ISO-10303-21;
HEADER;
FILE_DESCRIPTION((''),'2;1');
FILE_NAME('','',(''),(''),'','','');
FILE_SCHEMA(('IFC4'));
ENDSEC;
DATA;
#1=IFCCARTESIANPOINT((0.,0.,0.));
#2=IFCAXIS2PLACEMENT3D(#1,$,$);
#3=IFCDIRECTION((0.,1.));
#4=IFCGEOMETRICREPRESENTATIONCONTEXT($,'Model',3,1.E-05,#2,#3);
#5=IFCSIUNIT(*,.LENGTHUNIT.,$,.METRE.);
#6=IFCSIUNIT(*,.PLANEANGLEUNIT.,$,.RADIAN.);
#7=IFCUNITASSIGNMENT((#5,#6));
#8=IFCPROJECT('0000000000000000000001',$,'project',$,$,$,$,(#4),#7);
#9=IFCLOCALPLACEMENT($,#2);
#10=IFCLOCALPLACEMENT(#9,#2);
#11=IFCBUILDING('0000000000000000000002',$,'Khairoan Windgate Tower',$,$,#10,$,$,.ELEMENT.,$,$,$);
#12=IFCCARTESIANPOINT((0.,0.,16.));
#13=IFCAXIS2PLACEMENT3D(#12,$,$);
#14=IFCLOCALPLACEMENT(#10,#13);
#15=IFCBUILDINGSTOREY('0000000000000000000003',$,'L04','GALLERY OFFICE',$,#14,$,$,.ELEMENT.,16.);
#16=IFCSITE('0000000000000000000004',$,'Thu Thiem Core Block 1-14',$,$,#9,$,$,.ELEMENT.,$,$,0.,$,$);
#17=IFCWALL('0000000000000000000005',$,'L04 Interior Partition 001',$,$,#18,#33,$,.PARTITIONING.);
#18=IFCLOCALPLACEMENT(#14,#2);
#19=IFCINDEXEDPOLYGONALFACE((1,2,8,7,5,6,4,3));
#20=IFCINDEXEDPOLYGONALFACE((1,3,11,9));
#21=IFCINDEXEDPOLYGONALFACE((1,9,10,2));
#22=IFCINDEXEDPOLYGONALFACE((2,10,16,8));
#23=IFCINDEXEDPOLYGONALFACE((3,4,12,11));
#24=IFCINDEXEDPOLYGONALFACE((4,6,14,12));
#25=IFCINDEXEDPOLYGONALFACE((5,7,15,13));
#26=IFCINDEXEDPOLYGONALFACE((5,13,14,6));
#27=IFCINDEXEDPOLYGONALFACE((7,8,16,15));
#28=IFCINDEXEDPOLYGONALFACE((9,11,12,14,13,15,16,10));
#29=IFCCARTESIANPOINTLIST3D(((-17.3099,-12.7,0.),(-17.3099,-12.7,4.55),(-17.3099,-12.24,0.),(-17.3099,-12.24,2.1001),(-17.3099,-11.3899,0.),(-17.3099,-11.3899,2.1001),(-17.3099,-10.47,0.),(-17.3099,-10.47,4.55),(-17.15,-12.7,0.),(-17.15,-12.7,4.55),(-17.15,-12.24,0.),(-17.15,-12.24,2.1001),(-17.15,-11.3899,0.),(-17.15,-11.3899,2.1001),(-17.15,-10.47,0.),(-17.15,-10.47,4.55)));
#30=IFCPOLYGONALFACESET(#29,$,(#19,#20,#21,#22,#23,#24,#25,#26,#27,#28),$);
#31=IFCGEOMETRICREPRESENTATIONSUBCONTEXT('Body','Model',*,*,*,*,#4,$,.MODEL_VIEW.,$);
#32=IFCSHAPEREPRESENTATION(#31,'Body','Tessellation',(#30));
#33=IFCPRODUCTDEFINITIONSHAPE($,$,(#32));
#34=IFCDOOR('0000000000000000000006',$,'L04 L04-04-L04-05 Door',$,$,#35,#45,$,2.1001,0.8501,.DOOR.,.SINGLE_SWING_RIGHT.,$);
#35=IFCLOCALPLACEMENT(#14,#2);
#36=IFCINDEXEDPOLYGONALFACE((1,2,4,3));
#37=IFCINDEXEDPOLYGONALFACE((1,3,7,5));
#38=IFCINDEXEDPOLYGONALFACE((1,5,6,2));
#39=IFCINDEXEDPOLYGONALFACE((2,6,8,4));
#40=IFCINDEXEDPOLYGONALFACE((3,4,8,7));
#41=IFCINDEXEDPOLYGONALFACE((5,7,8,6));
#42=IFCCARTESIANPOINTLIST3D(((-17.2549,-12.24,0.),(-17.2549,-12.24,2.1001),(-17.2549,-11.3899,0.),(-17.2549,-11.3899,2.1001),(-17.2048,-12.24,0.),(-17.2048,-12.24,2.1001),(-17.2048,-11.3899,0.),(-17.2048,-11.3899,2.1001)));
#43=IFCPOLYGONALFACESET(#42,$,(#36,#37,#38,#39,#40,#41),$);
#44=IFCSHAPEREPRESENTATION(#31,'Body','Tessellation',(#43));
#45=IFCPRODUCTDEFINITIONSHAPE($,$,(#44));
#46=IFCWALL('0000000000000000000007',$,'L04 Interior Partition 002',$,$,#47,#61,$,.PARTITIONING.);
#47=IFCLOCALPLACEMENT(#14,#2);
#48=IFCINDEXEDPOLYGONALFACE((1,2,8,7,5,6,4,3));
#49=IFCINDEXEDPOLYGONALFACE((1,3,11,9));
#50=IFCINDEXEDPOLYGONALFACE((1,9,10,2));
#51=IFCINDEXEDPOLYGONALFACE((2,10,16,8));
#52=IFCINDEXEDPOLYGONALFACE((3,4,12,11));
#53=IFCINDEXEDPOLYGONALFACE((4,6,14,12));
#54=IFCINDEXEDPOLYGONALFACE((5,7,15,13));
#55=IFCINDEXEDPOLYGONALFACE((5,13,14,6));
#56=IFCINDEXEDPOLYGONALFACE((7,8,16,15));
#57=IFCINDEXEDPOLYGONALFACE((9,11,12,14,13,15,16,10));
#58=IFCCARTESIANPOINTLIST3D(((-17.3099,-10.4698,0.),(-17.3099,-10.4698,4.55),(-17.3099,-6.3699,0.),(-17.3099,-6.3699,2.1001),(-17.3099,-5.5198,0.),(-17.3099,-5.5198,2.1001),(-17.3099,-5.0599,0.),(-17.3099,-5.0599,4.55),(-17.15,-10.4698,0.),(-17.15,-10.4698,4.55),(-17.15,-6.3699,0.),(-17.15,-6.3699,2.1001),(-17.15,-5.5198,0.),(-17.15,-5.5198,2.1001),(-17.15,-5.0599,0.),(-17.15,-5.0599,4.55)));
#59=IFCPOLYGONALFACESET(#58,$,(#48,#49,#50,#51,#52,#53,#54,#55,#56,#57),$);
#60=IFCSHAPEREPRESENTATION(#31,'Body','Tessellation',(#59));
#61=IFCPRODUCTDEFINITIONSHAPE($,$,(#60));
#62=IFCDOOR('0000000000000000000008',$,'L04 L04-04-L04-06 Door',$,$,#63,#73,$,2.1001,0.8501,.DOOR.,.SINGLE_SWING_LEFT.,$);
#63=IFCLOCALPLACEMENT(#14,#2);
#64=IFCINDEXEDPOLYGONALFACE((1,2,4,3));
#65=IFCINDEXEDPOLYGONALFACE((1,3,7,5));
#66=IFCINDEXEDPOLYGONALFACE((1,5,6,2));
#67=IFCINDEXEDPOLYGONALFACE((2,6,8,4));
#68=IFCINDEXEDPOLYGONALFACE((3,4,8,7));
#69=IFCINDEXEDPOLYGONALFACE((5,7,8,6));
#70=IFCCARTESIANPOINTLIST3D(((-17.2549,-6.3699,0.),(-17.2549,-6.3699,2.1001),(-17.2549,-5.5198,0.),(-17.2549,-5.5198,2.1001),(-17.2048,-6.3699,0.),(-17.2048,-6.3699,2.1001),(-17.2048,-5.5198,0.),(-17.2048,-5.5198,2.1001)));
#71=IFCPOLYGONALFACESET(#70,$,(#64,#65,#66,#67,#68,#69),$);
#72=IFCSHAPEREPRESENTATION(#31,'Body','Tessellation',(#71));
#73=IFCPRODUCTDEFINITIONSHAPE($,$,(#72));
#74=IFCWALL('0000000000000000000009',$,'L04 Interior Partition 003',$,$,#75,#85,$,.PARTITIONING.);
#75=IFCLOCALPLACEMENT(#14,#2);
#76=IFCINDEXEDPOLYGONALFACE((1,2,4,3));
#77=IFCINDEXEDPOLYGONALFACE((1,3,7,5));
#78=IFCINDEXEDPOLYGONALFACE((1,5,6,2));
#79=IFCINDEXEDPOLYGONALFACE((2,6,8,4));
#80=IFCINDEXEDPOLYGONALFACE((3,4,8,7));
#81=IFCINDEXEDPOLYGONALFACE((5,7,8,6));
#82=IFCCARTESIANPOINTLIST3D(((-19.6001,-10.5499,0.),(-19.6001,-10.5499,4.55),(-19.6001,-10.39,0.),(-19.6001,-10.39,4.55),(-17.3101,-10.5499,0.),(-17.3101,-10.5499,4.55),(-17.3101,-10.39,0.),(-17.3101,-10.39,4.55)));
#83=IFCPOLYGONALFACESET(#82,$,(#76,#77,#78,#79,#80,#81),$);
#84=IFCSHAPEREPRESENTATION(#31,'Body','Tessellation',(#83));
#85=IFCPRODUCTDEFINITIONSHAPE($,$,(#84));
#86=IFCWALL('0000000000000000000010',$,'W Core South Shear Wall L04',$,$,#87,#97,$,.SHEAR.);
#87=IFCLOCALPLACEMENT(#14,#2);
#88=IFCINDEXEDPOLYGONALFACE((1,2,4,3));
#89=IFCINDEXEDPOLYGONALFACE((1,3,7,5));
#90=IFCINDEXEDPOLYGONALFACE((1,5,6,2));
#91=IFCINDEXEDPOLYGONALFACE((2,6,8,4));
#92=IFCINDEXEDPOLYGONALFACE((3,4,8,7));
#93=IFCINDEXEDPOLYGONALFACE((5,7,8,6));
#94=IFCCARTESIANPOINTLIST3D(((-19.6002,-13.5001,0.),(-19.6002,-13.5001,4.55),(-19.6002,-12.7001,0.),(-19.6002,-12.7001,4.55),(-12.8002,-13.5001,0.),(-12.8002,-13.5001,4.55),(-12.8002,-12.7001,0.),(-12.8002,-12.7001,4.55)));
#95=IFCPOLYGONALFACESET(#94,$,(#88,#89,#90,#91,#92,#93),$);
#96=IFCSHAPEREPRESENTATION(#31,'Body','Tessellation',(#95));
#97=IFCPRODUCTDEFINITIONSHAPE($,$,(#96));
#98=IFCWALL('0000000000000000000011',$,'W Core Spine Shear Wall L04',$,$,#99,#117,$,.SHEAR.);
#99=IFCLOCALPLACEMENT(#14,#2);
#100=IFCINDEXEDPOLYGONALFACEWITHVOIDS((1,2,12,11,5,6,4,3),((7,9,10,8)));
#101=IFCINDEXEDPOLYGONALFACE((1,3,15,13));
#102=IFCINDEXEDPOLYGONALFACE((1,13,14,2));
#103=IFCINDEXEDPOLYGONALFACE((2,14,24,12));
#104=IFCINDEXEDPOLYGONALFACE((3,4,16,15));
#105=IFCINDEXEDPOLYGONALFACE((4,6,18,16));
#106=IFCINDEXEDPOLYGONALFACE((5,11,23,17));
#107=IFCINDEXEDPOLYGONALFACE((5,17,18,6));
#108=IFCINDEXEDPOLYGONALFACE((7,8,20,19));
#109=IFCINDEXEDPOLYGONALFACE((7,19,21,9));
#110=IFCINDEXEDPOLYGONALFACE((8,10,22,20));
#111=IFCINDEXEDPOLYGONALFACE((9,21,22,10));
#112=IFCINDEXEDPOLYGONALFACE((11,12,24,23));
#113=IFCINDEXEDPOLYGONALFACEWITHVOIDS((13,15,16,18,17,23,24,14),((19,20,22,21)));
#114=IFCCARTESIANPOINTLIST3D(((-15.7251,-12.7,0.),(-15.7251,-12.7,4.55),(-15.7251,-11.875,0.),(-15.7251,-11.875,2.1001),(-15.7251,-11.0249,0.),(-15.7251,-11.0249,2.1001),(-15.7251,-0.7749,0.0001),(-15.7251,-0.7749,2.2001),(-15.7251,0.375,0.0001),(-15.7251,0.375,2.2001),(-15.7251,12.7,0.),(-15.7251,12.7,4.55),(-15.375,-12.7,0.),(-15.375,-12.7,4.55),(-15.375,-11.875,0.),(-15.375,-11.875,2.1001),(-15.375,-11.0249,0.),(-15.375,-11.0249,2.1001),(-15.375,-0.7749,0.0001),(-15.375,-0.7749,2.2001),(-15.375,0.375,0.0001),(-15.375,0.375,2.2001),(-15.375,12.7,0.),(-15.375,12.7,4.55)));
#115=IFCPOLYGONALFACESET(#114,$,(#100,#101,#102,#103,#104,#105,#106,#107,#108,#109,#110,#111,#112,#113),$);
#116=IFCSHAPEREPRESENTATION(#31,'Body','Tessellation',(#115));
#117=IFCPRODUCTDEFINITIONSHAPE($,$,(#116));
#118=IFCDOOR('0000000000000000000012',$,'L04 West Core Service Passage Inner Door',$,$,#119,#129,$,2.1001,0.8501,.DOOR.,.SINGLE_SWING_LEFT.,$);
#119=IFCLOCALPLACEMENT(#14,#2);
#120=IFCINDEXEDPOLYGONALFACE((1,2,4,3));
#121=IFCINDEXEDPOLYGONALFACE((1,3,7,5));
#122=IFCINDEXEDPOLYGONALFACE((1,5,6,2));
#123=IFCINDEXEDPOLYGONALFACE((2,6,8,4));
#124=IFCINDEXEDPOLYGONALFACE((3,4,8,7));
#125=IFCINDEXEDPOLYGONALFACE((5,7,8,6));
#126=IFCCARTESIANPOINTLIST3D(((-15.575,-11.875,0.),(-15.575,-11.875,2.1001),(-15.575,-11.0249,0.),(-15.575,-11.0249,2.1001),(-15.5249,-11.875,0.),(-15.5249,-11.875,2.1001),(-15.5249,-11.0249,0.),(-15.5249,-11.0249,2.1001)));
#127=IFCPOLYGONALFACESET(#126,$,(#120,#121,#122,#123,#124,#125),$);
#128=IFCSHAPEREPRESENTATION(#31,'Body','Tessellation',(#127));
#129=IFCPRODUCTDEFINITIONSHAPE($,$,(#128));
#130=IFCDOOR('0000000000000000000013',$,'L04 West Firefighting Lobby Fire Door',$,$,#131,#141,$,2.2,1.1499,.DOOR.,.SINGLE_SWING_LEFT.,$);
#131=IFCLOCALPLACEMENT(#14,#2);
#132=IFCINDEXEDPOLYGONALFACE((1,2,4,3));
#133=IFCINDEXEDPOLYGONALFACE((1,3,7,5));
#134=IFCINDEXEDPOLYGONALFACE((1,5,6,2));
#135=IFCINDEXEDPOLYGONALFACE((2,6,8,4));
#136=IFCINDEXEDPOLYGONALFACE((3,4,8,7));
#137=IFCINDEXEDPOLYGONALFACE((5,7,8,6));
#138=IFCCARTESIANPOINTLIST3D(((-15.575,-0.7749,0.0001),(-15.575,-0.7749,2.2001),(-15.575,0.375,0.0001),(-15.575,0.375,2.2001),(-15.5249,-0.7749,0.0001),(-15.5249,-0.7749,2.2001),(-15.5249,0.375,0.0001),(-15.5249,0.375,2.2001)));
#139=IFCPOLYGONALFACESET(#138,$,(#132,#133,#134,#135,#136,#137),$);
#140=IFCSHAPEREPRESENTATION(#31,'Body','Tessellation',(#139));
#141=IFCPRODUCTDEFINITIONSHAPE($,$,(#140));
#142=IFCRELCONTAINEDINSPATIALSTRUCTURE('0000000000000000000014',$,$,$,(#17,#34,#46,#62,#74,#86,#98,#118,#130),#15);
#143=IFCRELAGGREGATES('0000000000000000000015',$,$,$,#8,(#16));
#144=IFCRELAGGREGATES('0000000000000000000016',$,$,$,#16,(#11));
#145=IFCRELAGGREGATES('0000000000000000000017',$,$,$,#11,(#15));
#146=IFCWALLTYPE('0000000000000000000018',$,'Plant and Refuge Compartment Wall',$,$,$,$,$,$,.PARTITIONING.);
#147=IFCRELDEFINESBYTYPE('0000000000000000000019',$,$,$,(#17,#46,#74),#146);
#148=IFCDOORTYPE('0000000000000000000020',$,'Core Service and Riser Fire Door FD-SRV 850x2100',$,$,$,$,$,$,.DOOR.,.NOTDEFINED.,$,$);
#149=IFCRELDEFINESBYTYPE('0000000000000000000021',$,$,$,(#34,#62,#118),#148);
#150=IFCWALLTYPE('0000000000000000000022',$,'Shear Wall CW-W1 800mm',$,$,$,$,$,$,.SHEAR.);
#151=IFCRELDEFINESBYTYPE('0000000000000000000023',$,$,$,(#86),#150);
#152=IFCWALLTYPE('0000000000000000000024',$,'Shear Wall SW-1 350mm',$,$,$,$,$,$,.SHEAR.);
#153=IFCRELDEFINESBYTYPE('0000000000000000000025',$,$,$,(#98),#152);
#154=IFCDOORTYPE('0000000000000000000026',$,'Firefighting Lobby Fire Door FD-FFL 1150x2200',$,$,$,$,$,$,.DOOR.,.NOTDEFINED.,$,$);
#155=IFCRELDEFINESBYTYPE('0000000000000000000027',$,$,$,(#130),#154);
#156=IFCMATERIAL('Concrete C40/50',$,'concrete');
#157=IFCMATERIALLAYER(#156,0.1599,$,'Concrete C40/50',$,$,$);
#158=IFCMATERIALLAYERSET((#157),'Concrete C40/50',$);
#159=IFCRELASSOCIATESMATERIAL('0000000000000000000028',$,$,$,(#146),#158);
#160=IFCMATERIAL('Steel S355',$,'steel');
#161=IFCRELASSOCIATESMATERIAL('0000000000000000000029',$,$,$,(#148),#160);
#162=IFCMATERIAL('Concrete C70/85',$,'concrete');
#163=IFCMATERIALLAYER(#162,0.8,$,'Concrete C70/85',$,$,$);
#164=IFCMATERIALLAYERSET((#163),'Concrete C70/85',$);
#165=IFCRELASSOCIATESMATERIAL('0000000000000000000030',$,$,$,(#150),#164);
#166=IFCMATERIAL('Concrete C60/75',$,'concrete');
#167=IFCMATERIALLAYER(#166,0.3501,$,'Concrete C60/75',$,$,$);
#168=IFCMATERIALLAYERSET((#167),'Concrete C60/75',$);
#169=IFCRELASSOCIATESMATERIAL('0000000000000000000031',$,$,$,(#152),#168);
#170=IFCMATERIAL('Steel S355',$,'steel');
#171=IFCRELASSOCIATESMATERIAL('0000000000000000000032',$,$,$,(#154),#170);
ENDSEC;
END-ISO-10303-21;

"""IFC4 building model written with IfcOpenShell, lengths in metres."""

from ifc_helpers import new_model, si_unit, direction, frame, frame_2d, origin, place, context, subcontext, project, spatial, rectangle, extrude, material, layer, layer_set, type_object, element, fill, save


model = new_model("IFC4")

# Units and contexts
model_context = context("Model", 3, precision=1e-05, world=origin(), true_north=direction((0.0, 1.0)))
body_context = subcontext(model_context, "Body", "Model", "MODEL_VIEW")
ifc_project = project(units=[si_unit("LENGTHUNIT", "METRE"), si_unit("PLANEANGLEUNIT", "RADIAN")], contexts=[model_context])

# Site, building, storey
site_placement = place(None, origin())
site = spatial("IfcSite", under=ifc_project, at=site_placement, Name="Thu Thiem Core Block 1-14", CompositionType="ELEMENT", RefElevation=0.0)
building_placement = place(site_placement, origin())
building = spatial("IfcBuilding", under=site, at=building_placement, Name="Khairoan Windgate Tower", CompositionType="ELEMENT")
storey_placement = place(building_placement, frame((0.0, 0.0, 16.0)))
storey = spatial("IfcBuildingStorey", under=building, at=storey_placement, Name="L04", Description="GALLERY OFFICE", CompositionType="ELEMENT", Elevation=16.0)

# Walls, openings, doors
ifc_material_1 = material(Name="Concrete C40/50", Category="concrete")
ifc_layer_1 = layer(ifc_material_1, 0.1599, Name="Concrete C40/50")
ifc_layer_set_1 = layer_set([ifc_layer_1], Name="Concrete C40/50")
wall_type_1 = type_object("IfcWallType", Name="Plant and Refuge Compartment Wall", PredefinedType="PARTITIONING", material=ifc_layer_set_1)
wall_1_placement = place(storey_placement, frame((-17.23, -12.7, 0.0), z_axis=(0.0, 0.0, 1.0), x_axis=(0.0, 1.0, 0.0)))
wall_1 = element("IfcWall", 1, at=wall_1_placement, inside=storey, type_object=wall_type_1, Name="L04 Interior Partition 001", PredefinedType="PARTITIONING", context=body_context, shape_type="SweptSolid", body=[
    extrude(rectangle(XDim=2.23, YDim=0.1599, at=frame_2d((1.115, 0.0))), origin(), (0.0, 0.0, 1.0), 4.55),
])
opening_1_placement = place(wall_1_placement, frame((0.46, 0.0, 0.0)))
opening_1 = element("IfcOpeningElement", 2, at=opening_1_placement, cuts=wall_1, PredefinedType="OPENING", context=body_context, shape_type="SweptSolid", body=[
    extrude(rectangle(XDim=0.8501, YDim=2.1001, at=frame_2d((0.425, 1.05))), frame((0.0, 0.0898, 0.0), z_axis=(0.0, -1.0, 0.0), x_axis=(1.0, 0.0, 0.0)), (0.0, 0.0, 1.0), 0.1799),
])
ifc_material_2 = material(Name="Steel S355", Category="steel")
door_type_1 = type_object("IfcDoorType", Name="Core Service and Riser Fire Door FD-SRV 850x2100", OperationType="NOTDEFINED", PredefinedType="DOOR", material=ifc_material_2)
door_1_placement = place(opening_1_placement, origin())
door_1 = element("IfcDoor", 3, at=door_1_placement, inside=storey, type_object=door_type_1, Name="L04 L04-04-L04-05 Door", OperationType="SINGLE_SWING_RIGHT", OverallHeight=2.1001, OverallWidth=0.8501, PredefinedType="DOOR", context=body_context, shape_type="SweptSolid", body=[
    extrude(rectangle(XDim=0.8501, YDim=2.1001, at=frame_2d((0.425, 1.05))), frame((0.0, 0.0249, 0.0), z_axis=(0.0, -1.0, 0.0), x_axis=(1.0, 0.0, 0.0)), (0.0, 0.0, 1.0), 0.05),
])
fill(opening_1, door_1)
wall_2_placement = place(storey_placement, frame((-17.23, -10.47, 0.0), z_axis=(0.0, 0.0, 1.0), x_axis=(0.0, 1.0, 0.0)))
wall_2 = element("IfcWall", 4, at=wall_2_placement, inside=storey, type_object=wall_type_1, Name="L04 Interior Partition 002", PredefinedType="PARTITIONING", context=body_context, shape_type="SweptSolid", body=[
    extrude(rectangle(XDim=5.4099, YDim=0.1599, at=frame_2d((2.7051, 0.0))), origin(), (0.0, 0.0, 1.0), 4.55),
])
opening_2_placement = place(wall_2_placement, frame((4.1001, 0.0, 0.0)))
opening_2 = element("IfcOpeningElement", 5, at=opening_2_placement, cuts=wall_2, PredefinedType="OPENING", context=body_context, shape_type="SweptSolid", body=[
    extrude(rectangle(XDim=0.8501, YDim=2.1001, at=frame_2d((0.425, 1.05))), frame((0.0, 0.0898, 0.0), z_axis=(0.0, -1.0, 0.0), x_axis=(1.0, 0.0, 0.0)), (0.0, 0.0, 1.0), 0.1799),
])
door_2_placement = place(opening_2_placement, origin())
door_2 = element("IfcDoor", 6, at=door_2_placement, inside=storey, type_object=door_type_1, Name="L04 L04-04-L04-06 Door", OperationType="SINGLE_SWING_LEFT", OverallHeight=2.1001, OverallWidth=0.8501, PredefinedType="DOOR", context=body_context, shape_type="SweptSolid", body=[
    extrude(rectangle(XDim=0.8501, YDim=2.1001, at=frame_2d((0.425, 1.05))), frame((0.0, 0.0249, 0.0), z_axis=(0.0, -1.0, 0.0), x_axis=(1.0, 0.0, 0.0)), (0.0, 0.0, 1.0), 0.05),
])
fill(opening_2, door_2)

# Walls
wall_3_placement = place(storey_placement, frame((-19.6001, -10.47, 0.0), z_axis=(0.0, 0.0, 1.0), x_axis=(1.0, 0.0, 0.0)))
element("IfcWall", 7, at=wall_3_placement, inside=storey, type_object=wall_type_1, Name="L04 Interior Partition 003", PredefinedType="PARTITIONING", context=body_context, shape_type="SweptSolid", body=[
    extrude(rectangle(XDim=2.29, YDim=0.1599, at=frame_2d((1.145, 0.0))), origin(), (0.0, 0.0, 1.0), 4.55),
])
ifc_material_3 = material(Name="Concrete C70/85", Category="concrete")
ifc_layer_2 = layer(ifc_material_3, 0.8, Name="Concrete C70/85")
ifc_layer_set_2 = layer_set([ifc_layer_2], Name="Concrete C70/85")
wall_type_2 = type_object("IfcWallType", Name="Shear Wall CW-W1 800mm", PredefinedType="SHEAR", material=ifc_layer_set_2)
wall_4_placement = place(storey_placement, frame((-19.6001, -13.1001, 0.0), z_axis=(0.0, 0.0, 1.0), x_axis=(1.0, 0.0, 0.0)))
element("IfcWall", 8, at=wall_4_placement, inside=storey, type_object=wall_type_2, Name="W Core South Shear Wall L04", PredefinedType="SHEAR", context=body_context, shape_type="SweptSolid", body=[
    extrude(rectangle(XDim=6.8, YDim=0.8, at=frame_2d((3.3999, 0.0))), origin(), (0.0, 0.0, 1.0), 4.55),
])

# Wall, openings, doors
ifc_material_4 = material(Name="Concrete C60/75", Category="concrete")
ifc_layer_3 = layer(ifc_material_4, 0.3501, Name="Concrete C60/75")
ifc_layer_set_3 = layer_set([ifc_layer_3], Name="Concrete C60/75")
wall_type_3 = type_object("IfcWallType", Name="Shear Wall SW-1 350mm", PredefinedType="SHEAR", material=ifc_layer_set_3)
wall_5_placement = place(storey_placement, frame((-15.55, -12.7, 0.0), z_axis=(0.0, 0.0, 1.0), x_axis=(0.0, 1.0, 0.0)))
wall_5 = element("IfcWall", 9, at=wall_5_placement, inside=storey, type_object=wall_type_3, Name="W Core Spine Shear Wall L04", PredefinedType="SHEAR", context=body_context, shape_type="SweptSolid", body=[
    extrude(rectangle(XDim=25.3999, YDim=0.3501, at=frame_2d((12.7, 0.0))), origin(), (0.0, 0.0, 1.0), 4.55),
])
opening_3_placement = place(wall_5_placement, frame((11.925, 0.0, 0.0)))
opening_3 = element("IfcOpeningElement", 10, at=opening_3_placement, cuts=wall_5, PredefinedType="OPENING", context=body_context, shape_type="SweptSolid", body=[
    extrude(rectangle(XDim=1.1499, YDim=2.2, at=frame_2d((0.575, 1.1001))), frame((0.0, 0.1851, 0.0), z_axis=(0.0, -1.0, 0.0), x_axis=(1.0, 0.0, 0.0)), (0.0, 0.0, 1.0), 0.3701),
])
opening_4_placement = place(wall_5_placement, frame((0.825, 0.0, 0.0)))
opening_4 = element("IfcOpeningElement", 11, at=opening_4_placement, cuts=wall_5, PredefinedType="OPENING", context=body_context, shape_type="SweptSolid", body=[
    extrude(rectangle(XDim=0.8501, YDim=2.1001, at=frame_2d((0.425, 1.05))), frame((0.0, 0.1851, 0.0), z_axis=(0.0, -1.0, 0.0), x_axis=(1.0, 0.0, 0.0)), (0.0, 0.0, 1.0), 0.3701),
])
door_3_placement = place(opening_4_placement, origin())
door_3 = element("IfcDoor", 12, at=door_3_placement, inside=storey, type_object=door_type_1, Name="L04 West Core Service Passage Inner Door", OperationType="SINGLE_SWING_LEFT", OverallHeight=2.1001, OverallWidth=0.8501, PredefinedType="DOOR", context=body_context, shape_type="SweptSolid", body=[
    extrude(rectangle(XDim=0.8501, YDim=2.1001, at=frame_2d((0.425, 1.05))), frame((0.0, 0.0249, 0.0), z_axis=(0.0, -1.0, 0.0), x_axis=(1.0, 0.0, 0.0)), (0.0, 0.0, 1.0), 0.05),
])
fill(opening_4, door_3)
ifc_material_5 = material(Name="Steel S355", Category="steel")
door_type_2 = type_object("IfcDoorType", Name="Firefighting Lobby Fire Door FD-FFL 1150x2200", OperationType="NOTDEFINED", PredefinedType="DOOR", material=ifc_material_5)
door_4_placement = place(opening_3_placement, origin())
door_4 = element("IfcDoor", 13, at=door_4_placement, inside=storey, type_object=door_type_2, Name="L04 West Firefighting Lobby Fire Door", OperationType="SINGLE_SWING_LEFT", OverallHeight=2.2, OverallWidth=1.1499, PredefinedType="DOOR", context=body_context, shape_type="SweptSolid", body=[
    extrude(rectangle(XDim=1.1499, YDim=2.2, at=frame_2d((0.575, 1.1001))), frame((0.0, 0.0249, 0.0), z_axis=(0.0, -1.0, 0.0), x_axis=(1.0, 0.0, 0.0)), (0.0, 0.0, 1.0), 0.05),
])
fill(opening_3, door_4)

save(model, "model.ifc")
